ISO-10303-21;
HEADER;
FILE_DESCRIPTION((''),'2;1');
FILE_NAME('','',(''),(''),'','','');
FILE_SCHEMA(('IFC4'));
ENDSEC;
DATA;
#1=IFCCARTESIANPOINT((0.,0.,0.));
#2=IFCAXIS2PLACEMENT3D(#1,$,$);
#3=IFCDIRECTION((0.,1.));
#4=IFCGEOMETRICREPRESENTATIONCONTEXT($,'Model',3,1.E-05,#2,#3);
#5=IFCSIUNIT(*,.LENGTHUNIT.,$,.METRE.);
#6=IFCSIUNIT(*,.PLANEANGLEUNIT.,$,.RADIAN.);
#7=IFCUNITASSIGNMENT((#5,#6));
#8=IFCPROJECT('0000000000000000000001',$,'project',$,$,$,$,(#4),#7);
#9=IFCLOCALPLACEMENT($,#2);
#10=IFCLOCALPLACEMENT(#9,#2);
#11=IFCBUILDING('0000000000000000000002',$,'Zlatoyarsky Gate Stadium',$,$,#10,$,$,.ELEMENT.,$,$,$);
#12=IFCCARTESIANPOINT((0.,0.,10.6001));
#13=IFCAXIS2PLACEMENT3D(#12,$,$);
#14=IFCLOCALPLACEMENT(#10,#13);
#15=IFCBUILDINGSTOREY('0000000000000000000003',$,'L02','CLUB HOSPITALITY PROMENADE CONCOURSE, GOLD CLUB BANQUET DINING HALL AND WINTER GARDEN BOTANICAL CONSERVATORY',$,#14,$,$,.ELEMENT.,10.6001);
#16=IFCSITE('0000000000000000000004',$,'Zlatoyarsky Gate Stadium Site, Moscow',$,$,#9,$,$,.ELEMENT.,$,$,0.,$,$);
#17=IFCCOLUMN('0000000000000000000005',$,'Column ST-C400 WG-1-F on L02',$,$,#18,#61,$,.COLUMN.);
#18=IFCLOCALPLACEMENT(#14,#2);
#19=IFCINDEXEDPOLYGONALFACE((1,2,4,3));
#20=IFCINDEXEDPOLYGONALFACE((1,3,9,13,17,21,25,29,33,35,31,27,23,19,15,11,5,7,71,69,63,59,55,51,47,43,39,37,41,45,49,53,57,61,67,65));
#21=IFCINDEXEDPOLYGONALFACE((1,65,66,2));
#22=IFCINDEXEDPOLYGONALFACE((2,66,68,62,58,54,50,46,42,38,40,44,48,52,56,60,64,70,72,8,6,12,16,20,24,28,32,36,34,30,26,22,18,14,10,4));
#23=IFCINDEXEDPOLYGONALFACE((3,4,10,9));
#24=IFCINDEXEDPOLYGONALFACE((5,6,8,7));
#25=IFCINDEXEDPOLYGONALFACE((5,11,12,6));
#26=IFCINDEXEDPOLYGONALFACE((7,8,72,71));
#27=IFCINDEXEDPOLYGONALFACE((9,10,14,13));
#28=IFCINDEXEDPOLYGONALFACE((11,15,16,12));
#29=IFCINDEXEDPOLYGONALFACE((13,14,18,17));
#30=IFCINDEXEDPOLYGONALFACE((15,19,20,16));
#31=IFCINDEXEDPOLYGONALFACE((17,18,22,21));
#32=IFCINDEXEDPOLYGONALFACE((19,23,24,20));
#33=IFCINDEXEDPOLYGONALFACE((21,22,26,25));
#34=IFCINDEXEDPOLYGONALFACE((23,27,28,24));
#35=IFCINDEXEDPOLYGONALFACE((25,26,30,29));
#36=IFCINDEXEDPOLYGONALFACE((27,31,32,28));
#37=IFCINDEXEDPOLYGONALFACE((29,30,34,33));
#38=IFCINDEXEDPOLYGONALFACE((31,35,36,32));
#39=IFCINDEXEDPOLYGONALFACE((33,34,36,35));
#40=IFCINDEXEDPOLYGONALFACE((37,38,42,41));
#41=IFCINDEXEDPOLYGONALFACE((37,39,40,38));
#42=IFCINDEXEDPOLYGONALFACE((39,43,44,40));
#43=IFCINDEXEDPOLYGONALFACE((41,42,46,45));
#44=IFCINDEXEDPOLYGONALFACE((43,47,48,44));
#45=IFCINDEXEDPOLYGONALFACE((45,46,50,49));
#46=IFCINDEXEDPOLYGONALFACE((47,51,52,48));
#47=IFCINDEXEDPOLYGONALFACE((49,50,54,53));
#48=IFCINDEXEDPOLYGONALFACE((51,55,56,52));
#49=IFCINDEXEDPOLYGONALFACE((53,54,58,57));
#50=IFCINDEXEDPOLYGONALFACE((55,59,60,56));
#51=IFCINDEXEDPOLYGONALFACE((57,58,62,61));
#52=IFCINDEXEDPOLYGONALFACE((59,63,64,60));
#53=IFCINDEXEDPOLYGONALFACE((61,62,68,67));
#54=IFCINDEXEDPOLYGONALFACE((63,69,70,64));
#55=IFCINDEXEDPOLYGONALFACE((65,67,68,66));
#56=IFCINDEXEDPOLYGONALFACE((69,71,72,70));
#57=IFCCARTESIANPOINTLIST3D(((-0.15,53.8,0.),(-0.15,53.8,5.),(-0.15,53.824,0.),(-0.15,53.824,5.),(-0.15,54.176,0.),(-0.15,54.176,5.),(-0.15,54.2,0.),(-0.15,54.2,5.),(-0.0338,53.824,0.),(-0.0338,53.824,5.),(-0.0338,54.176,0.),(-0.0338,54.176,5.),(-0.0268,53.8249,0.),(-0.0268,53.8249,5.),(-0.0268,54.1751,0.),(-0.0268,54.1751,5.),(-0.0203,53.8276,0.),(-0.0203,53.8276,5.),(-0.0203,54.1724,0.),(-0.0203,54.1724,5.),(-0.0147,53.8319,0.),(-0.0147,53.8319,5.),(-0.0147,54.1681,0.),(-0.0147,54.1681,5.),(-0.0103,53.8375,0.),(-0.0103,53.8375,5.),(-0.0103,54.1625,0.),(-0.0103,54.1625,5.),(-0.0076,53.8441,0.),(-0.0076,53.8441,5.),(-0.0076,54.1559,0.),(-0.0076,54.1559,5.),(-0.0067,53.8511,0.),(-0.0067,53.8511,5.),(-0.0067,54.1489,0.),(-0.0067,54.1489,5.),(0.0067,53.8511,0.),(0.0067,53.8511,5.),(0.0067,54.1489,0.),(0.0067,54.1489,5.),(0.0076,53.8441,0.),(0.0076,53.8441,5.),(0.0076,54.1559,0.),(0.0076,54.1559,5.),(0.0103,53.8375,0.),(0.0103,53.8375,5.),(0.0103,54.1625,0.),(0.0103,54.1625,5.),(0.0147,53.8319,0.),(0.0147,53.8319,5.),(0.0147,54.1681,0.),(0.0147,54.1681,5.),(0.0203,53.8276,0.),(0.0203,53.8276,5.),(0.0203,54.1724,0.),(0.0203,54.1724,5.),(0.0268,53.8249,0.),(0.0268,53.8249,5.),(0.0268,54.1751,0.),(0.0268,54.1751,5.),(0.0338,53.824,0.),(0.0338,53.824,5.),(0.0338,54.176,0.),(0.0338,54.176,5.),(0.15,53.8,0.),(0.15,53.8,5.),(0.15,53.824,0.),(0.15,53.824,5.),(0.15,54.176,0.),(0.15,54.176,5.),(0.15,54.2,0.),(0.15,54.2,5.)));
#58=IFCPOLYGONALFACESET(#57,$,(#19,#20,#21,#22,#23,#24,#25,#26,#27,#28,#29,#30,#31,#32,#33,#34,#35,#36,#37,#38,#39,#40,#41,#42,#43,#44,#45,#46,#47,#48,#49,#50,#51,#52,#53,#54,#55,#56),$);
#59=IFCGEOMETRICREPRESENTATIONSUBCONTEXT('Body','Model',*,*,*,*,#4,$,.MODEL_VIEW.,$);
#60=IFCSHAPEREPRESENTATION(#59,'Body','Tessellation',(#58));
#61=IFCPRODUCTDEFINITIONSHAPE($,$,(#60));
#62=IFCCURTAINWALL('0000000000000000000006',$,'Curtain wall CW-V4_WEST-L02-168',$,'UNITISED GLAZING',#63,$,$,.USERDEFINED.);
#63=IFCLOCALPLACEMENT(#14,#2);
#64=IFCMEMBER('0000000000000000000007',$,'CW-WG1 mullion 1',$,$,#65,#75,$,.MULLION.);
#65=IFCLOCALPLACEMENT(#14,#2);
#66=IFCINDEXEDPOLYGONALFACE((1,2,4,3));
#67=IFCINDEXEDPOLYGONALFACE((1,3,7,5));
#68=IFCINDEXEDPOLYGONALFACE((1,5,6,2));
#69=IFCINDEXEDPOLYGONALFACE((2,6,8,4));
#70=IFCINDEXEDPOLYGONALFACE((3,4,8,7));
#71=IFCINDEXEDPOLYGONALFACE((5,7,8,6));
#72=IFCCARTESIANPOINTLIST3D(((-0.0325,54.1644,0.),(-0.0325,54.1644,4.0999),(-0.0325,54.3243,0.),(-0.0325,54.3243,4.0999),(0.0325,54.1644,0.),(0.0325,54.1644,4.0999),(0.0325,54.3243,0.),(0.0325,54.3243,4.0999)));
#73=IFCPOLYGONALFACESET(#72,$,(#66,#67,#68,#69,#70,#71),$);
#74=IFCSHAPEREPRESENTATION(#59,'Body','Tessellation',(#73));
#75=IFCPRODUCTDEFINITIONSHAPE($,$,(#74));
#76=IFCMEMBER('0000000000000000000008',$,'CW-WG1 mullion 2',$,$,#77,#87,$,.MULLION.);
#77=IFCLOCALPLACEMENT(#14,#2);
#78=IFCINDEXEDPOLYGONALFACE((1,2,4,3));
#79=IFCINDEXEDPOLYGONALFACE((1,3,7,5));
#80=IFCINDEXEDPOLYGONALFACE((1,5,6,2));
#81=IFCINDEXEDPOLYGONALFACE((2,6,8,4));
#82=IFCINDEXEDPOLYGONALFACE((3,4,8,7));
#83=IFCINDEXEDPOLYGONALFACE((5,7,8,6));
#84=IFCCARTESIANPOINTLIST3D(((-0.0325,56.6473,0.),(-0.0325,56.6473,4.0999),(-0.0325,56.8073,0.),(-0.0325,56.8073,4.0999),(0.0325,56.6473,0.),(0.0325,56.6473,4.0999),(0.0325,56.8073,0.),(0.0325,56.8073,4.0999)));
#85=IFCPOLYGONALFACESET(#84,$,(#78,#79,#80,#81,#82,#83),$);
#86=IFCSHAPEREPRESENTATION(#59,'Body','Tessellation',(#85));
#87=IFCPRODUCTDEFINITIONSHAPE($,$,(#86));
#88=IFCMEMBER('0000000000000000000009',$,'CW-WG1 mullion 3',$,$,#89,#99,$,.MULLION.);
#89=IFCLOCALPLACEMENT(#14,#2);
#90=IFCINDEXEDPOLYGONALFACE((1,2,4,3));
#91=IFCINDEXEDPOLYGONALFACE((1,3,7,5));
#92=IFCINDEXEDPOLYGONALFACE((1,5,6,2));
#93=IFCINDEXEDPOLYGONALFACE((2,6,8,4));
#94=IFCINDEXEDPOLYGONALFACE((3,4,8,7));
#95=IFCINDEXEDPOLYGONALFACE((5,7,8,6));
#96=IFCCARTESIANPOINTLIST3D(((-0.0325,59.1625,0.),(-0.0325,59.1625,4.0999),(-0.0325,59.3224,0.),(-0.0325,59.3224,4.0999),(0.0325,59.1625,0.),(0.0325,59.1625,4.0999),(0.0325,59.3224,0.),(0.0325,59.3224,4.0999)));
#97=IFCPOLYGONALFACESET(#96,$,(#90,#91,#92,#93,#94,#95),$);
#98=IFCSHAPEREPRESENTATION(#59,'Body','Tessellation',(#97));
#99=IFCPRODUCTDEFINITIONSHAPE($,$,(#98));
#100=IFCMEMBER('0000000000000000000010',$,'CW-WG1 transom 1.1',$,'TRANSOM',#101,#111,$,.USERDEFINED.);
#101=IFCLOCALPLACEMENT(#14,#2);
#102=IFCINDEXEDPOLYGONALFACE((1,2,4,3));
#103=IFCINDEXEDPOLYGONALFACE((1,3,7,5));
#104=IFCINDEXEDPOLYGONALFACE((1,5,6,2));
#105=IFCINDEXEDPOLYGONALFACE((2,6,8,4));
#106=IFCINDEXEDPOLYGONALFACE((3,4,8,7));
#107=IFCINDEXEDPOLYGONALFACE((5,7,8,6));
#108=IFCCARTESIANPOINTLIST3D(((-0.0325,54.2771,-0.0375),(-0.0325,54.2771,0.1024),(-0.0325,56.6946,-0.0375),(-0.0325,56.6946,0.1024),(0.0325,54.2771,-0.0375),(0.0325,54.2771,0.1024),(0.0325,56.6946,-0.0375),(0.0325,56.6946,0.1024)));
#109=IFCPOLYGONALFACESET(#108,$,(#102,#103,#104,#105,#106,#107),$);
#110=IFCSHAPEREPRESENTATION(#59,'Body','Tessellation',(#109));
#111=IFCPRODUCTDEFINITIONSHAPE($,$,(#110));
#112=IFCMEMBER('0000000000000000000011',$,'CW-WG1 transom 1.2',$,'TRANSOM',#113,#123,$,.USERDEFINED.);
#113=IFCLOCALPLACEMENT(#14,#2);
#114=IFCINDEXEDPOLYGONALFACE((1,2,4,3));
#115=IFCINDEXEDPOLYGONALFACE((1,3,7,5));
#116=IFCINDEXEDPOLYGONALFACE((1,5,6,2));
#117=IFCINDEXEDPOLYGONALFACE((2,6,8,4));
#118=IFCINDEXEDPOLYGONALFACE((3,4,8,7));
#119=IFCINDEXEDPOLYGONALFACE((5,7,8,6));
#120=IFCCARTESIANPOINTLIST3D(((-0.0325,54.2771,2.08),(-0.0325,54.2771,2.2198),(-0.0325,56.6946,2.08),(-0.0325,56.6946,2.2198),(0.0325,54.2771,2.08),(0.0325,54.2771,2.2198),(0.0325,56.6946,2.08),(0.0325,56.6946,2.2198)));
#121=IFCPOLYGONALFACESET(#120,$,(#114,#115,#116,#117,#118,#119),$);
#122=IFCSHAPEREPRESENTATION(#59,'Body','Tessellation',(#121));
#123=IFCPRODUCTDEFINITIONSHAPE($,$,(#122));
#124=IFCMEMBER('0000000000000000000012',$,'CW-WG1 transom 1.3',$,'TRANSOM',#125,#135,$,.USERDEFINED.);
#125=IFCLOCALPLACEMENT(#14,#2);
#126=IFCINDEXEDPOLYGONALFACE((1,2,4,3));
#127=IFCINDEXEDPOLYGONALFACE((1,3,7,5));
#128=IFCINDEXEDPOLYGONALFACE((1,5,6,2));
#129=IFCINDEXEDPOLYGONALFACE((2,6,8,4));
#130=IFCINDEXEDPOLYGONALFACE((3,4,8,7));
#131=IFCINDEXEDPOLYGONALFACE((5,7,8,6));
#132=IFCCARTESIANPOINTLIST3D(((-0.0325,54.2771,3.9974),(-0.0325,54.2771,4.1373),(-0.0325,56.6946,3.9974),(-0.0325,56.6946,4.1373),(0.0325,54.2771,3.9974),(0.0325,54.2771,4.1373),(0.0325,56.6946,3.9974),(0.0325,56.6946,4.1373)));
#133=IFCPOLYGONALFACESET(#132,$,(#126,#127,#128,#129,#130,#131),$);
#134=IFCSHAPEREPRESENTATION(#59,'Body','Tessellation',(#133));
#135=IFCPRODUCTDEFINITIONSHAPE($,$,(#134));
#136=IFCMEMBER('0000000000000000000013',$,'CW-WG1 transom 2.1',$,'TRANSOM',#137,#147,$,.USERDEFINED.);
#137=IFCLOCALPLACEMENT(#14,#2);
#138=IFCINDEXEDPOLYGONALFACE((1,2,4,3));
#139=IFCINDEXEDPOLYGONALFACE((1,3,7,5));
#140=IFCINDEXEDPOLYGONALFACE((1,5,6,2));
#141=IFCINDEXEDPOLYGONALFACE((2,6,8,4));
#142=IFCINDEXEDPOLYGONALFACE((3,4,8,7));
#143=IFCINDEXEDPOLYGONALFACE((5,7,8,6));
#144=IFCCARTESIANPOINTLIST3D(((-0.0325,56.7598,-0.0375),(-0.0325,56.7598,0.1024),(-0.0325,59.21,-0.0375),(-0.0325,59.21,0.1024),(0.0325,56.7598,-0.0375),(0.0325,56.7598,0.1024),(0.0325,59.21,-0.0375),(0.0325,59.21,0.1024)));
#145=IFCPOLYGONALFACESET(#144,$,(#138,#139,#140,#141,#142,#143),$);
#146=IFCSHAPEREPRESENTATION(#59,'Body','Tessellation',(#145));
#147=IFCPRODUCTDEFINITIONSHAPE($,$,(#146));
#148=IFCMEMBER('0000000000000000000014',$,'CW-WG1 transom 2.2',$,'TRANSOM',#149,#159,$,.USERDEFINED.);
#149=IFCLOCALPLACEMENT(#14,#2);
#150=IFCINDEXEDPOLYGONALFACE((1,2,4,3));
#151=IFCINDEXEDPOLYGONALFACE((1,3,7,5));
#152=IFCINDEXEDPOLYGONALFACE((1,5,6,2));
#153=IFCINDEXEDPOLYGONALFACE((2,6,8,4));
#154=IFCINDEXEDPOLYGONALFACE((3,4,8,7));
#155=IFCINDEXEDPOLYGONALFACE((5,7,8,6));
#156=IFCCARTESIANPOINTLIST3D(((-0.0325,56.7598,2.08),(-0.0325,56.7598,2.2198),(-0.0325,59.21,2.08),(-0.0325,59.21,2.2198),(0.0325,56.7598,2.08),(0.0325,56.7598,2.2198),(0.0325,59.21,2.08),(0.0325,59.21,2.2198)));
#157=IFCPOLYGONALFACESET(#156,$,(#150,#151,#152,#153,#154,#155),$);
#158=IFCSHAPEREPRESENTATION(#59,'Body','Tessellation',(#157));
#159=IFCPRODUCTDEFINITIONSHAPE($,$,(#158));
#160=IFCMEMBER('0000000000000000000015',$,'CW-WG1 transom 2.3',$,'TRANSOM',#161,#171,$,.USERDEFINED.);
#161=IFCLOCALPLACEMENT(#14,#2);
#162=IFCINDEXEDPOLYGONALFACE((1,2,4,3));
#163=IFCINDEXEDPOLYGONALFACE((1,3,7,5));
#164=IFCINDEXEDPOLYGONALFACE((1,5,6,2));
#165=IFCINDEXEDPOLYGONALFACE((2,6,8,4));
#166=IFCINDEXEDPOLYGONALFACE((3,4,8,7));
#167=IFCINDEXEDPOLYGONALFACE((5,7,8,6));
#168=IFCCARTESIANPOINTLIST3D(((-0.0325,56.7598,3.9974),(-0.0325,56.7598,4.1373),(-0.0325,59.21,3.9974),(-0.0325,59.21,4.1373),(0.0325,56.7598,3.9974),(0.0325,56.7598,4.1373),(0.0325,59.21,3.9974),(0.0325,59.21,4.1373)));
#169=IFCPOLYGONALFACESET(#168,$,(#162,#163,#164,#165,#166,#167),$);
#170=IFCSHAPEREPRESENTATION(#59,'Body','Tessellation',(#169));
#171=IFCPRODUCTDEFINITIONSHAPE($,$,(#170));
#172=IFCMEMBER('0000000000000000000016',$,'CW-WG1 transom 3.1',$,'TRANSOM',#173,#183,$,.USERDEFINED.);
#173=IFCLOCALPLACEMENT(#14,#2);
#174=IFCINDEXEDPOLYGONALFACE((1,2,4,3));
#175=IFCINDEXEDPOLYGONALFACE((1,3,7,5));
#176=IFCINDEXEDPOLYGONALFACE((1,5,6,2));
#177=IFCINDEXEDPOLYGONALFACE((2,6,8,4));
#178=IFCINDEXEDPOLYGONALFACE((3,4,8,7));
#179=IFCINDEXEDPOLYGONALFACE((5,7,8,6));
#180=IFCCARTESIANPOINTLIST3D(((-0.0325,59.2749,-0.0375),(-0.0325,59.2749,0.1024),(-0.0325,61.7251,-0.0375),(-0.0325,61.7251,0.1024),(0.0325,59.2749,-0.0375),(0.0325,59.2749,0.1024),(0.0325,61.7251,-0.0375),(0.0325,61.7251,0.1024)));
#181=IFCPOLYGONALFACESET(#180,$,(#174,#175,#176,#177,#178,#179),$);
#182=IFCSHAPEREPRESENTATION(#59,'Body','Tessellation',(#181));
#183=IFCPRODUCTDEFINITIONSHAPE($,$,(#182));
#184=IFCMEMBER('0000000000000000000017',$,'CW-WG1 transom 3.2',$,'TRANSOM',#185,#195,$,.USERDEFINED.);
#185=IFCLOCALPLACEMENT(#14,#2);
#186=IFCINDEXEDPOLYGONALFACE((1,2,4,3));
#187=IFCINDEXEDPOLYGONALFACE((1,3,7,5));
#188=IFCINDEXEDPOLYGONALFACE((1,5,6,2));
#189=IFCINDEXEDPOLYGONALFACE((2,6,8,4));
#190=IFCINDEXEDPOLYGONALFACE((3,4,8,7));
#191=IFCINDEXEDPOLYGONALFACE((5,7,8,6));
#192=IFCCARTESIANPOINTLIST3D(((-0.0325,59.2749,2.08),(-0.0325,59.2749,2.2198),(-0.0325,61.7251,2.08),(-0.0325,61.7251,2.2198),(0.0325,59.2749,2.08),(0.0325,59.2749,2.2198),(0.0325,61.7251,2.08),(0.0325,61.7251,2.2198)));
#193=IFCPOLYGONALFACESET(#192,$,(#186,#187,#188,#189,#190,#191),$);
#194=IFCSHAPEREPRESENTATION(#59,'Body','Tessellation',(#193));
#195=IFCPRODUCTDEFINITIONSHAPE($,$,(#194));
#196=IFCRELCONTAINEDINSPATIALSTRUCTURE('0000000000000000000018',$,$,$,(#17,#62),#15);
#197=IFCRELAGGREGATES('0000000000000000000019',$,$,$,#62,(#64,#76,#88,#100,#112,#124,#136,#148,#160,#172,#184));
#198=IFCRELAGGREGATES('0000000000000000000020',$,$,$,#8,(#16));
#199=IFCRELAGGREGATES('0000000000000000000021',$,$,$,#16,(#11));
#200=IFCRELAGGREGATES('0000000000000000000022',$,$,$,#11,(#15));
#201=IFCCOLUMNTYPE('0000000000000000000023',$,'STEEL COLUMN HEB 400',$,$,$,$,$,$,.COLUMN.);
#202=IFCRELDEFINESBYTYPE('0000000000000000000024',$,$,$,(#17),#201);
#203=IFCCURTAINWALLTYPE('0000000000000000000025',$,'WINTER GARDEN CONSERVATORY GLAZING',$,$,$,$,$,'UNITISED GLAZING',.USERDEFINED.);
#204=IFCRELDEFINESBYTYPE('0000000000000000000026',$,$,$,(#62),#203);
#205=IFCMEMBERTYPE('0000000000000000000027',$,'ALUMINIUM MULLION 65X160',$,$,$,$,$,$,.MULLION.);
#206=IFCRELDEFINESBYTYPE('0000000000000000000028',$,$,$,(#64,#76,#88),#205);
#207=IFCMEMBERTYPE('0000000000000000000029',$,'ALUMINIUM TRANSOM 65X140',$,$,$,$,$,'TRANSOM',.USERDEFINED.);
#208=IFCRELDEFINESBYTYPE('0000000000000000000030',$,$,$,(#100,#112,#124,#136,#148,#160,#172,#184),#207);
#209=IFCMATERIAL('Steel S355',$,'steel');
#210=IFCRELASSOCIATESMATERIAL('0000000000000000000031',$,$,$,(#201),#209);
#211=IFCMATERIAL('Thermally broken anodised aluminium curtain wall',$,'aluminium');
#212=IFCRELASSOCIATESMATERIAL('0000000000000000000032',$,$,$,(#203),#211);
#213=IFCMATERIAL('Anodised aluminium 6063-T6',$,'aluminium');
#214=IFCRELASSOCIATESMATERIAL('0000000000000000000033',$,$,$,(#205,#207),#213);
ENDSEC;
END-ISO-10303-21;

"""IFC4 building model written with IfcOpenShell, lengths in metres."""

from ifc_helpers import new_model, si_unit, direction, frame, origin, origin_2d, place, context, subcontext, project, spatial, rectangle, i_section, extrude, material, material_profile, profile_set, type_object, element, aggregate, save


model = new_model("IFC4")

# Units and contexts
model_context = context("Model", 3, precision=1e-05, world=origin(), true_north=direction((0.0, 1.0)))
body_context = subcontext(model_context, "Body", "Model", "MODEL_VIEW")
ifc_project = project(units=[si_unit("LENGTHUNIT", "METRE"), si_unit("PLANEANGLEUNIT", "RADIAN")], contexts=[model_context])

# Site, building, storey
site_placement = place(None, origin())
site = spatial("IfcSite", under=ifc_project, at=site_placement, Name="Zlatoyarsky Gate Stadium Site, Moscow", CompositionType="ELEMENT", RefElevation=0.0)
building_placement = place(site_placement, origin())
building = spatial("IfcBuilding", under=site, at=building_placement, Name="Zlatoyarsky Gate Stadium", CompositionType="ELEMENT")
storey_placement = place(building_placement, frame((0.0, 0.0, 10.6001)))
storey = spatial("IfcBuildingStorey", under=building, at=storey_placement, Name="L02", Description="CLUB HOSPITALITY PROMENADE CONCOURSE, GOLD CLUB BANQUET DINING HALL AND WINTER GARDEN BOTANICAL CONSERVATORY", CompositionType="ELEMENT", Elevation=10.6001)

# Column
ifc_material_1 = material(Name="Steel S355", Category="steel")
ifc_material_profile_1 = material_profile(ifc_material_1, i_section(OverallWidth=0.3, OverallDepth=0.3999, WebThickness=0.0134, FlangeThickness=0.0239, FilletRadius=0.0271, at=origin_2d()), Name="HEB 400")
ifc_profile_set_1 = profile_set([ifc_material_profile_1], Name="Steel S355")
column_type = type_object("IfcColumnType", Name="STEEL COLUMN HEB 400", PredefinedType="COLUMN", material=ifc_profile_set_1)
column_placement = place(storey_placement, frame((0.0, 54.0, 0.0), z_axis=(0.0, 0.0, 1.0), x_axis=(1.0, 0.0, 0.0)))
element("IfcColumn", 1, at=column_placement, inside=storey, type_object=column_type, Name="Column ST-C400 WG-1-F on L02", PredefinedType="COLUMN", context=body_context, shape_type="SweptSolid", body=[
    extrude(i_section(OverallWidth=0.3, OverallDepth=0.3999, WebThickness=0.0134, FlangeThickness=0.0239, FilletRadius=0.0271, at=origin_2d()), origin(), (0.0, 0.0, 1.0), 5.0),
])

# Curtain wall, members
ifc_material_2 = material(Name="Thermally broken anodised aluminium curtain wall", Category="aluminium")
curtain_wall_type = type_object("IfcCurtainWallType", Name="WINTER GARDEN CONSERVATORY GLAZING", ElementType="UNITISED GLAZING", PredefinedType="USERDEFINED", material=ifc_material_2)
curtain_wall_placement = place(storey_placement, origin())
curtain_wall = element("IfcCurtainWall", 2, at=curtain_wall_placement, inside=storey, type_object=curtain_wall_type, Name="Curtain wall CW-V4_WEST-L02-168", ObjectType="UNITISED GLAZING", PredefinedType="USERDEFINED")
ifc_material_3 = material(Name="Anodised aluminium 6063-T6", Category="aluminium")
ifc_material_profile_2 = material_profile(ifc_material_3, rectangle(XDim=0.0649, YDim=0.1599, at=origin_2d()), Name="ALU 65X160")
ifc_profile_set_2 = profile_set([ifc_material_profile_2], Name="Anodised aluminium 6063-T6")
member_type_1 = type_object("IfcMemberType", Name="ALUMINIUM MULLION 65X160", PredefinedType="MULLION", material=ifc_profile_set_2)
member_1_placement = place(storey_placement, frame((0.0, 54.2444, 0.0), z_axis=(0.0, 0.0, 1.0), x_axis=(-1.0, 0.0, 0.0)))
member_1 = element("IfcMember", 3, at=member_1_placement, type_object=member_type_1, Name="CW-WG1 mullion 1", PredefinedType="MULLION", context=body_context, shape_type="SweptSolid", body=[
    extrude(rectangle(XDim=0.0649, YDim=0.1599, at=origin_2d()), origin(), (0.0, 0.0, 1.0), 4.0999),
])
member_2_placement = place(storey_placement, frame((0.0, 56.7273, 0.0), z_axis=(0.0, 0.0, 1.0), x_axis=(-1.0, 0.0, 0.0)))
member_2 = element("IfcMember", 4, at=member_2_placement, type_object=member_type_1, Name="CW-WG1 mullion 2", PredefinedType="MULLION", context=body_context, shape_type="SweptSolid", body=[
    extrude(rectangle(XDim=0.0649, YDim=0.1599, at=origin_2d()), origin(), (0.0, 0.0, 1.0), 4.0999),
])
member_3_placement = place(storey_placement, frame((0.0, 59.2424, 0.0), z_axis=(0.0, 0.0, 1.0), x_axis=(-1.0, 0.0, 0.0)))
member_3 = element("IfcMember", 5, at=member_3_placement, type_object=member_type_1, Name="CW-WG1 mullion 3", PredefinedType="MULLION", context=body_context, shape_type="SweptSolid", body=[
    extrude(rectangle(XDim=0.0649, YDim=0.1599, at=origin_2d()), origin(), (0.0, 0.0, 1.0), 4.0999),
])
ifc_material_profile_3 = material_profile(ifc_material_3, rectangle(XDim=0.0649, YDim=0.1399, at=origin_2d()), Name="ALU 65X140")
ifc_profile_set_3 = profile_set([ifc_material_profile_3], Name="Anodised aluminium 6063-T6")
member_type_2 = type_object("IfcMemberType", Name="ALUMINIUM TRANSOM 65X140", ElementType="TRANSOM", PredefinedType="USERDEFINED", material=ifc_profile_set_3)
member_4_placement = place(storey_placement, frame((0.0, 54.2771, 0.0325), z_axis=(0.0, 1.0, 0.0), x_axis=(-1.0, 0.0, 0.0)))
member_4 = element("IfcMember", 6, at=member_4_placement, type_object=member_type_2, Name="CW-WG1 transom 1.1", ObjectType="TRANSOM", PredefinedType="USERDEFINED", context=body_context, shape_type="SweptSolid", body=[
    extrude(rectangle(XDim=0.0649, YDim=0.1399, at=origin_2d()), origin(), (0.0, 0.0, 1.0), 2.4175),
])
member_5_placement = place(storey_placement, frame((0.0, 54.2771, 2.1499), z_axis=(0.0, 1.0, 0.0), x_axis=(-1.0, 0.0, 0.0)))
member_5 = element("IfcMember", 7, at=member_5_placement, type_object=member_type_2, Name="CW-WG1 transom 1.2", ObjectType="TRANSOM", PredefinedType="USERDEFINED", context=body_context, shape_type="SweptSolid", body=[
    extrude(rectangle(XDim=0.0649, YDim=0.1399, at=origin_2d()), origin(), (0.0, 0.0, 1.0), 2.4175),
])
member_6_placement = place(storey_placement, frame((0.0, 54.2771, 4.0674), z_axis=(0.0, 1.0, 0.0), x_axis=(-1.0, 0.0, 0.0)))
member_6 = element("IfcMember", 8, at=member_6_placement, type_object=member_type_2, Name="CW-WG1 transom 1.3", ObjectType="TRANSOM", PredefinedType="USERDEFINED", context=body_context, shape_type="SweptSolid", body=[
    extrude(rectangle(XDim=0.0649, YDim=0.1399, at=origin_2d()), origin(), (0.0, 0.0, 1.0), 2.4175),
])
member_7_placement = place(storey_placement, frame((0.0, 56.7598, 0.0325), z_axis=(0.0, 1.0, 0.0), x_axis=(-1.0, 0.0, 0.0)))
member_7 = element("IfcMember", 9, at=member_7_placement, type_object=member_type_2, Name="CW-WG1 transom 2.1", ObjectType="TRANSOM", PredefinedType="USERDEFINED", context=body_context, shape_type="SweptSolid", body=[
    extrude(rectangle(XDim=0.0649, YDim=0.1399, at=origin_2d()), origin(), (0.0, 0.0, 1.0), 2.4502),
])
member_8_placement = place(storey_placement, frame((0.0, 56.7598, 2.1499), z_axis=(0.0, 1.0, 0.0), x_axis=(-1.0, 0.0, 0.0)))
member_8 = element("IfcMember", 10, at=member_8_placement, type_object=member_type_2, Name="CW-WG1 transom 2.2", ObjectType="TRANSOM", PredefinedType="USERDEFINED", context=body_context, shape_type="SweptSolid", body=[
    extrude(rectangle(XDim=0.0649, YDim=0.1399, at=origin_2d()), origin(), (0.0, 0.0, 1.0), 2.4502),
])
member_9_placement = place(storey_placement, frame((0.0, 56.7598, 4.0674), z_axis=(0.0, 1.0, 0.0), x_axis=(-1.0, 0.0, 0.0)))
member_9 = element("IfcMember", 11, at=member_9_placement, type_object=member_type_2, Name="CW-WG1 transom 2.3", ObjectType="TRANSOM", PredefinedType="USERDEFINED", context=body_context, shape_type="SweptSolid", body=[
    extrude(rectangle(XDim=0.0649, YDim=0.1399, at=origin_2d()), origin(), (0.0, 0.0, 1.0), 2.4502),
])
member_10_placement = place(storey_placement, frame((0.0, 59.2749, 0.0325), z_axis=(0.0, 1.0, 0.0), x_axis=(-1.0, 0.0, 0.0)))
member_10 = element("IfcMember", 12, at=member_10_placement, type_object=member_type_2, Name="CW-WG1 transom 3.1", ObjectType="TRANSOM", PredefinedType="USERDEFINED", context=body_context, shape_type="SweptSolid", body=[
    extrude(rectangle(XDim=0.0649, YDim=0.1399, at=origin_2d()), origin(), (0.0, 0.0, 1.0), 2.4502),
])
member_11_placement = place(storey_placement, frame((0.0, 59.2749, 2.1499), z_axis=(0.0, 1.0, 0.0), x_axis=(-1.0, 0.0, 0.0)))
member_11 = element("IfcMember", 13, at=member_11_placement, type_object=member_type_2, Name="CW-WG1 transom 3.2", ObjectType="TRANSOM", PredefinedType="USERDEFINED", context=body_context, shape_type="SweptSolid", body=[
    extrude(rectangle(XDim=0.0649, YDim=0.1399, at=origin_2d()), origin(), (0.0, 0.0, 1.0), 2.4502),
])

aggregate(curtain_wall, [member_1, member_2, member_3, member_4, member_5, member_6, member_7, member_8, member_9, member_10, member_11])

save(model, "model.ifc")
